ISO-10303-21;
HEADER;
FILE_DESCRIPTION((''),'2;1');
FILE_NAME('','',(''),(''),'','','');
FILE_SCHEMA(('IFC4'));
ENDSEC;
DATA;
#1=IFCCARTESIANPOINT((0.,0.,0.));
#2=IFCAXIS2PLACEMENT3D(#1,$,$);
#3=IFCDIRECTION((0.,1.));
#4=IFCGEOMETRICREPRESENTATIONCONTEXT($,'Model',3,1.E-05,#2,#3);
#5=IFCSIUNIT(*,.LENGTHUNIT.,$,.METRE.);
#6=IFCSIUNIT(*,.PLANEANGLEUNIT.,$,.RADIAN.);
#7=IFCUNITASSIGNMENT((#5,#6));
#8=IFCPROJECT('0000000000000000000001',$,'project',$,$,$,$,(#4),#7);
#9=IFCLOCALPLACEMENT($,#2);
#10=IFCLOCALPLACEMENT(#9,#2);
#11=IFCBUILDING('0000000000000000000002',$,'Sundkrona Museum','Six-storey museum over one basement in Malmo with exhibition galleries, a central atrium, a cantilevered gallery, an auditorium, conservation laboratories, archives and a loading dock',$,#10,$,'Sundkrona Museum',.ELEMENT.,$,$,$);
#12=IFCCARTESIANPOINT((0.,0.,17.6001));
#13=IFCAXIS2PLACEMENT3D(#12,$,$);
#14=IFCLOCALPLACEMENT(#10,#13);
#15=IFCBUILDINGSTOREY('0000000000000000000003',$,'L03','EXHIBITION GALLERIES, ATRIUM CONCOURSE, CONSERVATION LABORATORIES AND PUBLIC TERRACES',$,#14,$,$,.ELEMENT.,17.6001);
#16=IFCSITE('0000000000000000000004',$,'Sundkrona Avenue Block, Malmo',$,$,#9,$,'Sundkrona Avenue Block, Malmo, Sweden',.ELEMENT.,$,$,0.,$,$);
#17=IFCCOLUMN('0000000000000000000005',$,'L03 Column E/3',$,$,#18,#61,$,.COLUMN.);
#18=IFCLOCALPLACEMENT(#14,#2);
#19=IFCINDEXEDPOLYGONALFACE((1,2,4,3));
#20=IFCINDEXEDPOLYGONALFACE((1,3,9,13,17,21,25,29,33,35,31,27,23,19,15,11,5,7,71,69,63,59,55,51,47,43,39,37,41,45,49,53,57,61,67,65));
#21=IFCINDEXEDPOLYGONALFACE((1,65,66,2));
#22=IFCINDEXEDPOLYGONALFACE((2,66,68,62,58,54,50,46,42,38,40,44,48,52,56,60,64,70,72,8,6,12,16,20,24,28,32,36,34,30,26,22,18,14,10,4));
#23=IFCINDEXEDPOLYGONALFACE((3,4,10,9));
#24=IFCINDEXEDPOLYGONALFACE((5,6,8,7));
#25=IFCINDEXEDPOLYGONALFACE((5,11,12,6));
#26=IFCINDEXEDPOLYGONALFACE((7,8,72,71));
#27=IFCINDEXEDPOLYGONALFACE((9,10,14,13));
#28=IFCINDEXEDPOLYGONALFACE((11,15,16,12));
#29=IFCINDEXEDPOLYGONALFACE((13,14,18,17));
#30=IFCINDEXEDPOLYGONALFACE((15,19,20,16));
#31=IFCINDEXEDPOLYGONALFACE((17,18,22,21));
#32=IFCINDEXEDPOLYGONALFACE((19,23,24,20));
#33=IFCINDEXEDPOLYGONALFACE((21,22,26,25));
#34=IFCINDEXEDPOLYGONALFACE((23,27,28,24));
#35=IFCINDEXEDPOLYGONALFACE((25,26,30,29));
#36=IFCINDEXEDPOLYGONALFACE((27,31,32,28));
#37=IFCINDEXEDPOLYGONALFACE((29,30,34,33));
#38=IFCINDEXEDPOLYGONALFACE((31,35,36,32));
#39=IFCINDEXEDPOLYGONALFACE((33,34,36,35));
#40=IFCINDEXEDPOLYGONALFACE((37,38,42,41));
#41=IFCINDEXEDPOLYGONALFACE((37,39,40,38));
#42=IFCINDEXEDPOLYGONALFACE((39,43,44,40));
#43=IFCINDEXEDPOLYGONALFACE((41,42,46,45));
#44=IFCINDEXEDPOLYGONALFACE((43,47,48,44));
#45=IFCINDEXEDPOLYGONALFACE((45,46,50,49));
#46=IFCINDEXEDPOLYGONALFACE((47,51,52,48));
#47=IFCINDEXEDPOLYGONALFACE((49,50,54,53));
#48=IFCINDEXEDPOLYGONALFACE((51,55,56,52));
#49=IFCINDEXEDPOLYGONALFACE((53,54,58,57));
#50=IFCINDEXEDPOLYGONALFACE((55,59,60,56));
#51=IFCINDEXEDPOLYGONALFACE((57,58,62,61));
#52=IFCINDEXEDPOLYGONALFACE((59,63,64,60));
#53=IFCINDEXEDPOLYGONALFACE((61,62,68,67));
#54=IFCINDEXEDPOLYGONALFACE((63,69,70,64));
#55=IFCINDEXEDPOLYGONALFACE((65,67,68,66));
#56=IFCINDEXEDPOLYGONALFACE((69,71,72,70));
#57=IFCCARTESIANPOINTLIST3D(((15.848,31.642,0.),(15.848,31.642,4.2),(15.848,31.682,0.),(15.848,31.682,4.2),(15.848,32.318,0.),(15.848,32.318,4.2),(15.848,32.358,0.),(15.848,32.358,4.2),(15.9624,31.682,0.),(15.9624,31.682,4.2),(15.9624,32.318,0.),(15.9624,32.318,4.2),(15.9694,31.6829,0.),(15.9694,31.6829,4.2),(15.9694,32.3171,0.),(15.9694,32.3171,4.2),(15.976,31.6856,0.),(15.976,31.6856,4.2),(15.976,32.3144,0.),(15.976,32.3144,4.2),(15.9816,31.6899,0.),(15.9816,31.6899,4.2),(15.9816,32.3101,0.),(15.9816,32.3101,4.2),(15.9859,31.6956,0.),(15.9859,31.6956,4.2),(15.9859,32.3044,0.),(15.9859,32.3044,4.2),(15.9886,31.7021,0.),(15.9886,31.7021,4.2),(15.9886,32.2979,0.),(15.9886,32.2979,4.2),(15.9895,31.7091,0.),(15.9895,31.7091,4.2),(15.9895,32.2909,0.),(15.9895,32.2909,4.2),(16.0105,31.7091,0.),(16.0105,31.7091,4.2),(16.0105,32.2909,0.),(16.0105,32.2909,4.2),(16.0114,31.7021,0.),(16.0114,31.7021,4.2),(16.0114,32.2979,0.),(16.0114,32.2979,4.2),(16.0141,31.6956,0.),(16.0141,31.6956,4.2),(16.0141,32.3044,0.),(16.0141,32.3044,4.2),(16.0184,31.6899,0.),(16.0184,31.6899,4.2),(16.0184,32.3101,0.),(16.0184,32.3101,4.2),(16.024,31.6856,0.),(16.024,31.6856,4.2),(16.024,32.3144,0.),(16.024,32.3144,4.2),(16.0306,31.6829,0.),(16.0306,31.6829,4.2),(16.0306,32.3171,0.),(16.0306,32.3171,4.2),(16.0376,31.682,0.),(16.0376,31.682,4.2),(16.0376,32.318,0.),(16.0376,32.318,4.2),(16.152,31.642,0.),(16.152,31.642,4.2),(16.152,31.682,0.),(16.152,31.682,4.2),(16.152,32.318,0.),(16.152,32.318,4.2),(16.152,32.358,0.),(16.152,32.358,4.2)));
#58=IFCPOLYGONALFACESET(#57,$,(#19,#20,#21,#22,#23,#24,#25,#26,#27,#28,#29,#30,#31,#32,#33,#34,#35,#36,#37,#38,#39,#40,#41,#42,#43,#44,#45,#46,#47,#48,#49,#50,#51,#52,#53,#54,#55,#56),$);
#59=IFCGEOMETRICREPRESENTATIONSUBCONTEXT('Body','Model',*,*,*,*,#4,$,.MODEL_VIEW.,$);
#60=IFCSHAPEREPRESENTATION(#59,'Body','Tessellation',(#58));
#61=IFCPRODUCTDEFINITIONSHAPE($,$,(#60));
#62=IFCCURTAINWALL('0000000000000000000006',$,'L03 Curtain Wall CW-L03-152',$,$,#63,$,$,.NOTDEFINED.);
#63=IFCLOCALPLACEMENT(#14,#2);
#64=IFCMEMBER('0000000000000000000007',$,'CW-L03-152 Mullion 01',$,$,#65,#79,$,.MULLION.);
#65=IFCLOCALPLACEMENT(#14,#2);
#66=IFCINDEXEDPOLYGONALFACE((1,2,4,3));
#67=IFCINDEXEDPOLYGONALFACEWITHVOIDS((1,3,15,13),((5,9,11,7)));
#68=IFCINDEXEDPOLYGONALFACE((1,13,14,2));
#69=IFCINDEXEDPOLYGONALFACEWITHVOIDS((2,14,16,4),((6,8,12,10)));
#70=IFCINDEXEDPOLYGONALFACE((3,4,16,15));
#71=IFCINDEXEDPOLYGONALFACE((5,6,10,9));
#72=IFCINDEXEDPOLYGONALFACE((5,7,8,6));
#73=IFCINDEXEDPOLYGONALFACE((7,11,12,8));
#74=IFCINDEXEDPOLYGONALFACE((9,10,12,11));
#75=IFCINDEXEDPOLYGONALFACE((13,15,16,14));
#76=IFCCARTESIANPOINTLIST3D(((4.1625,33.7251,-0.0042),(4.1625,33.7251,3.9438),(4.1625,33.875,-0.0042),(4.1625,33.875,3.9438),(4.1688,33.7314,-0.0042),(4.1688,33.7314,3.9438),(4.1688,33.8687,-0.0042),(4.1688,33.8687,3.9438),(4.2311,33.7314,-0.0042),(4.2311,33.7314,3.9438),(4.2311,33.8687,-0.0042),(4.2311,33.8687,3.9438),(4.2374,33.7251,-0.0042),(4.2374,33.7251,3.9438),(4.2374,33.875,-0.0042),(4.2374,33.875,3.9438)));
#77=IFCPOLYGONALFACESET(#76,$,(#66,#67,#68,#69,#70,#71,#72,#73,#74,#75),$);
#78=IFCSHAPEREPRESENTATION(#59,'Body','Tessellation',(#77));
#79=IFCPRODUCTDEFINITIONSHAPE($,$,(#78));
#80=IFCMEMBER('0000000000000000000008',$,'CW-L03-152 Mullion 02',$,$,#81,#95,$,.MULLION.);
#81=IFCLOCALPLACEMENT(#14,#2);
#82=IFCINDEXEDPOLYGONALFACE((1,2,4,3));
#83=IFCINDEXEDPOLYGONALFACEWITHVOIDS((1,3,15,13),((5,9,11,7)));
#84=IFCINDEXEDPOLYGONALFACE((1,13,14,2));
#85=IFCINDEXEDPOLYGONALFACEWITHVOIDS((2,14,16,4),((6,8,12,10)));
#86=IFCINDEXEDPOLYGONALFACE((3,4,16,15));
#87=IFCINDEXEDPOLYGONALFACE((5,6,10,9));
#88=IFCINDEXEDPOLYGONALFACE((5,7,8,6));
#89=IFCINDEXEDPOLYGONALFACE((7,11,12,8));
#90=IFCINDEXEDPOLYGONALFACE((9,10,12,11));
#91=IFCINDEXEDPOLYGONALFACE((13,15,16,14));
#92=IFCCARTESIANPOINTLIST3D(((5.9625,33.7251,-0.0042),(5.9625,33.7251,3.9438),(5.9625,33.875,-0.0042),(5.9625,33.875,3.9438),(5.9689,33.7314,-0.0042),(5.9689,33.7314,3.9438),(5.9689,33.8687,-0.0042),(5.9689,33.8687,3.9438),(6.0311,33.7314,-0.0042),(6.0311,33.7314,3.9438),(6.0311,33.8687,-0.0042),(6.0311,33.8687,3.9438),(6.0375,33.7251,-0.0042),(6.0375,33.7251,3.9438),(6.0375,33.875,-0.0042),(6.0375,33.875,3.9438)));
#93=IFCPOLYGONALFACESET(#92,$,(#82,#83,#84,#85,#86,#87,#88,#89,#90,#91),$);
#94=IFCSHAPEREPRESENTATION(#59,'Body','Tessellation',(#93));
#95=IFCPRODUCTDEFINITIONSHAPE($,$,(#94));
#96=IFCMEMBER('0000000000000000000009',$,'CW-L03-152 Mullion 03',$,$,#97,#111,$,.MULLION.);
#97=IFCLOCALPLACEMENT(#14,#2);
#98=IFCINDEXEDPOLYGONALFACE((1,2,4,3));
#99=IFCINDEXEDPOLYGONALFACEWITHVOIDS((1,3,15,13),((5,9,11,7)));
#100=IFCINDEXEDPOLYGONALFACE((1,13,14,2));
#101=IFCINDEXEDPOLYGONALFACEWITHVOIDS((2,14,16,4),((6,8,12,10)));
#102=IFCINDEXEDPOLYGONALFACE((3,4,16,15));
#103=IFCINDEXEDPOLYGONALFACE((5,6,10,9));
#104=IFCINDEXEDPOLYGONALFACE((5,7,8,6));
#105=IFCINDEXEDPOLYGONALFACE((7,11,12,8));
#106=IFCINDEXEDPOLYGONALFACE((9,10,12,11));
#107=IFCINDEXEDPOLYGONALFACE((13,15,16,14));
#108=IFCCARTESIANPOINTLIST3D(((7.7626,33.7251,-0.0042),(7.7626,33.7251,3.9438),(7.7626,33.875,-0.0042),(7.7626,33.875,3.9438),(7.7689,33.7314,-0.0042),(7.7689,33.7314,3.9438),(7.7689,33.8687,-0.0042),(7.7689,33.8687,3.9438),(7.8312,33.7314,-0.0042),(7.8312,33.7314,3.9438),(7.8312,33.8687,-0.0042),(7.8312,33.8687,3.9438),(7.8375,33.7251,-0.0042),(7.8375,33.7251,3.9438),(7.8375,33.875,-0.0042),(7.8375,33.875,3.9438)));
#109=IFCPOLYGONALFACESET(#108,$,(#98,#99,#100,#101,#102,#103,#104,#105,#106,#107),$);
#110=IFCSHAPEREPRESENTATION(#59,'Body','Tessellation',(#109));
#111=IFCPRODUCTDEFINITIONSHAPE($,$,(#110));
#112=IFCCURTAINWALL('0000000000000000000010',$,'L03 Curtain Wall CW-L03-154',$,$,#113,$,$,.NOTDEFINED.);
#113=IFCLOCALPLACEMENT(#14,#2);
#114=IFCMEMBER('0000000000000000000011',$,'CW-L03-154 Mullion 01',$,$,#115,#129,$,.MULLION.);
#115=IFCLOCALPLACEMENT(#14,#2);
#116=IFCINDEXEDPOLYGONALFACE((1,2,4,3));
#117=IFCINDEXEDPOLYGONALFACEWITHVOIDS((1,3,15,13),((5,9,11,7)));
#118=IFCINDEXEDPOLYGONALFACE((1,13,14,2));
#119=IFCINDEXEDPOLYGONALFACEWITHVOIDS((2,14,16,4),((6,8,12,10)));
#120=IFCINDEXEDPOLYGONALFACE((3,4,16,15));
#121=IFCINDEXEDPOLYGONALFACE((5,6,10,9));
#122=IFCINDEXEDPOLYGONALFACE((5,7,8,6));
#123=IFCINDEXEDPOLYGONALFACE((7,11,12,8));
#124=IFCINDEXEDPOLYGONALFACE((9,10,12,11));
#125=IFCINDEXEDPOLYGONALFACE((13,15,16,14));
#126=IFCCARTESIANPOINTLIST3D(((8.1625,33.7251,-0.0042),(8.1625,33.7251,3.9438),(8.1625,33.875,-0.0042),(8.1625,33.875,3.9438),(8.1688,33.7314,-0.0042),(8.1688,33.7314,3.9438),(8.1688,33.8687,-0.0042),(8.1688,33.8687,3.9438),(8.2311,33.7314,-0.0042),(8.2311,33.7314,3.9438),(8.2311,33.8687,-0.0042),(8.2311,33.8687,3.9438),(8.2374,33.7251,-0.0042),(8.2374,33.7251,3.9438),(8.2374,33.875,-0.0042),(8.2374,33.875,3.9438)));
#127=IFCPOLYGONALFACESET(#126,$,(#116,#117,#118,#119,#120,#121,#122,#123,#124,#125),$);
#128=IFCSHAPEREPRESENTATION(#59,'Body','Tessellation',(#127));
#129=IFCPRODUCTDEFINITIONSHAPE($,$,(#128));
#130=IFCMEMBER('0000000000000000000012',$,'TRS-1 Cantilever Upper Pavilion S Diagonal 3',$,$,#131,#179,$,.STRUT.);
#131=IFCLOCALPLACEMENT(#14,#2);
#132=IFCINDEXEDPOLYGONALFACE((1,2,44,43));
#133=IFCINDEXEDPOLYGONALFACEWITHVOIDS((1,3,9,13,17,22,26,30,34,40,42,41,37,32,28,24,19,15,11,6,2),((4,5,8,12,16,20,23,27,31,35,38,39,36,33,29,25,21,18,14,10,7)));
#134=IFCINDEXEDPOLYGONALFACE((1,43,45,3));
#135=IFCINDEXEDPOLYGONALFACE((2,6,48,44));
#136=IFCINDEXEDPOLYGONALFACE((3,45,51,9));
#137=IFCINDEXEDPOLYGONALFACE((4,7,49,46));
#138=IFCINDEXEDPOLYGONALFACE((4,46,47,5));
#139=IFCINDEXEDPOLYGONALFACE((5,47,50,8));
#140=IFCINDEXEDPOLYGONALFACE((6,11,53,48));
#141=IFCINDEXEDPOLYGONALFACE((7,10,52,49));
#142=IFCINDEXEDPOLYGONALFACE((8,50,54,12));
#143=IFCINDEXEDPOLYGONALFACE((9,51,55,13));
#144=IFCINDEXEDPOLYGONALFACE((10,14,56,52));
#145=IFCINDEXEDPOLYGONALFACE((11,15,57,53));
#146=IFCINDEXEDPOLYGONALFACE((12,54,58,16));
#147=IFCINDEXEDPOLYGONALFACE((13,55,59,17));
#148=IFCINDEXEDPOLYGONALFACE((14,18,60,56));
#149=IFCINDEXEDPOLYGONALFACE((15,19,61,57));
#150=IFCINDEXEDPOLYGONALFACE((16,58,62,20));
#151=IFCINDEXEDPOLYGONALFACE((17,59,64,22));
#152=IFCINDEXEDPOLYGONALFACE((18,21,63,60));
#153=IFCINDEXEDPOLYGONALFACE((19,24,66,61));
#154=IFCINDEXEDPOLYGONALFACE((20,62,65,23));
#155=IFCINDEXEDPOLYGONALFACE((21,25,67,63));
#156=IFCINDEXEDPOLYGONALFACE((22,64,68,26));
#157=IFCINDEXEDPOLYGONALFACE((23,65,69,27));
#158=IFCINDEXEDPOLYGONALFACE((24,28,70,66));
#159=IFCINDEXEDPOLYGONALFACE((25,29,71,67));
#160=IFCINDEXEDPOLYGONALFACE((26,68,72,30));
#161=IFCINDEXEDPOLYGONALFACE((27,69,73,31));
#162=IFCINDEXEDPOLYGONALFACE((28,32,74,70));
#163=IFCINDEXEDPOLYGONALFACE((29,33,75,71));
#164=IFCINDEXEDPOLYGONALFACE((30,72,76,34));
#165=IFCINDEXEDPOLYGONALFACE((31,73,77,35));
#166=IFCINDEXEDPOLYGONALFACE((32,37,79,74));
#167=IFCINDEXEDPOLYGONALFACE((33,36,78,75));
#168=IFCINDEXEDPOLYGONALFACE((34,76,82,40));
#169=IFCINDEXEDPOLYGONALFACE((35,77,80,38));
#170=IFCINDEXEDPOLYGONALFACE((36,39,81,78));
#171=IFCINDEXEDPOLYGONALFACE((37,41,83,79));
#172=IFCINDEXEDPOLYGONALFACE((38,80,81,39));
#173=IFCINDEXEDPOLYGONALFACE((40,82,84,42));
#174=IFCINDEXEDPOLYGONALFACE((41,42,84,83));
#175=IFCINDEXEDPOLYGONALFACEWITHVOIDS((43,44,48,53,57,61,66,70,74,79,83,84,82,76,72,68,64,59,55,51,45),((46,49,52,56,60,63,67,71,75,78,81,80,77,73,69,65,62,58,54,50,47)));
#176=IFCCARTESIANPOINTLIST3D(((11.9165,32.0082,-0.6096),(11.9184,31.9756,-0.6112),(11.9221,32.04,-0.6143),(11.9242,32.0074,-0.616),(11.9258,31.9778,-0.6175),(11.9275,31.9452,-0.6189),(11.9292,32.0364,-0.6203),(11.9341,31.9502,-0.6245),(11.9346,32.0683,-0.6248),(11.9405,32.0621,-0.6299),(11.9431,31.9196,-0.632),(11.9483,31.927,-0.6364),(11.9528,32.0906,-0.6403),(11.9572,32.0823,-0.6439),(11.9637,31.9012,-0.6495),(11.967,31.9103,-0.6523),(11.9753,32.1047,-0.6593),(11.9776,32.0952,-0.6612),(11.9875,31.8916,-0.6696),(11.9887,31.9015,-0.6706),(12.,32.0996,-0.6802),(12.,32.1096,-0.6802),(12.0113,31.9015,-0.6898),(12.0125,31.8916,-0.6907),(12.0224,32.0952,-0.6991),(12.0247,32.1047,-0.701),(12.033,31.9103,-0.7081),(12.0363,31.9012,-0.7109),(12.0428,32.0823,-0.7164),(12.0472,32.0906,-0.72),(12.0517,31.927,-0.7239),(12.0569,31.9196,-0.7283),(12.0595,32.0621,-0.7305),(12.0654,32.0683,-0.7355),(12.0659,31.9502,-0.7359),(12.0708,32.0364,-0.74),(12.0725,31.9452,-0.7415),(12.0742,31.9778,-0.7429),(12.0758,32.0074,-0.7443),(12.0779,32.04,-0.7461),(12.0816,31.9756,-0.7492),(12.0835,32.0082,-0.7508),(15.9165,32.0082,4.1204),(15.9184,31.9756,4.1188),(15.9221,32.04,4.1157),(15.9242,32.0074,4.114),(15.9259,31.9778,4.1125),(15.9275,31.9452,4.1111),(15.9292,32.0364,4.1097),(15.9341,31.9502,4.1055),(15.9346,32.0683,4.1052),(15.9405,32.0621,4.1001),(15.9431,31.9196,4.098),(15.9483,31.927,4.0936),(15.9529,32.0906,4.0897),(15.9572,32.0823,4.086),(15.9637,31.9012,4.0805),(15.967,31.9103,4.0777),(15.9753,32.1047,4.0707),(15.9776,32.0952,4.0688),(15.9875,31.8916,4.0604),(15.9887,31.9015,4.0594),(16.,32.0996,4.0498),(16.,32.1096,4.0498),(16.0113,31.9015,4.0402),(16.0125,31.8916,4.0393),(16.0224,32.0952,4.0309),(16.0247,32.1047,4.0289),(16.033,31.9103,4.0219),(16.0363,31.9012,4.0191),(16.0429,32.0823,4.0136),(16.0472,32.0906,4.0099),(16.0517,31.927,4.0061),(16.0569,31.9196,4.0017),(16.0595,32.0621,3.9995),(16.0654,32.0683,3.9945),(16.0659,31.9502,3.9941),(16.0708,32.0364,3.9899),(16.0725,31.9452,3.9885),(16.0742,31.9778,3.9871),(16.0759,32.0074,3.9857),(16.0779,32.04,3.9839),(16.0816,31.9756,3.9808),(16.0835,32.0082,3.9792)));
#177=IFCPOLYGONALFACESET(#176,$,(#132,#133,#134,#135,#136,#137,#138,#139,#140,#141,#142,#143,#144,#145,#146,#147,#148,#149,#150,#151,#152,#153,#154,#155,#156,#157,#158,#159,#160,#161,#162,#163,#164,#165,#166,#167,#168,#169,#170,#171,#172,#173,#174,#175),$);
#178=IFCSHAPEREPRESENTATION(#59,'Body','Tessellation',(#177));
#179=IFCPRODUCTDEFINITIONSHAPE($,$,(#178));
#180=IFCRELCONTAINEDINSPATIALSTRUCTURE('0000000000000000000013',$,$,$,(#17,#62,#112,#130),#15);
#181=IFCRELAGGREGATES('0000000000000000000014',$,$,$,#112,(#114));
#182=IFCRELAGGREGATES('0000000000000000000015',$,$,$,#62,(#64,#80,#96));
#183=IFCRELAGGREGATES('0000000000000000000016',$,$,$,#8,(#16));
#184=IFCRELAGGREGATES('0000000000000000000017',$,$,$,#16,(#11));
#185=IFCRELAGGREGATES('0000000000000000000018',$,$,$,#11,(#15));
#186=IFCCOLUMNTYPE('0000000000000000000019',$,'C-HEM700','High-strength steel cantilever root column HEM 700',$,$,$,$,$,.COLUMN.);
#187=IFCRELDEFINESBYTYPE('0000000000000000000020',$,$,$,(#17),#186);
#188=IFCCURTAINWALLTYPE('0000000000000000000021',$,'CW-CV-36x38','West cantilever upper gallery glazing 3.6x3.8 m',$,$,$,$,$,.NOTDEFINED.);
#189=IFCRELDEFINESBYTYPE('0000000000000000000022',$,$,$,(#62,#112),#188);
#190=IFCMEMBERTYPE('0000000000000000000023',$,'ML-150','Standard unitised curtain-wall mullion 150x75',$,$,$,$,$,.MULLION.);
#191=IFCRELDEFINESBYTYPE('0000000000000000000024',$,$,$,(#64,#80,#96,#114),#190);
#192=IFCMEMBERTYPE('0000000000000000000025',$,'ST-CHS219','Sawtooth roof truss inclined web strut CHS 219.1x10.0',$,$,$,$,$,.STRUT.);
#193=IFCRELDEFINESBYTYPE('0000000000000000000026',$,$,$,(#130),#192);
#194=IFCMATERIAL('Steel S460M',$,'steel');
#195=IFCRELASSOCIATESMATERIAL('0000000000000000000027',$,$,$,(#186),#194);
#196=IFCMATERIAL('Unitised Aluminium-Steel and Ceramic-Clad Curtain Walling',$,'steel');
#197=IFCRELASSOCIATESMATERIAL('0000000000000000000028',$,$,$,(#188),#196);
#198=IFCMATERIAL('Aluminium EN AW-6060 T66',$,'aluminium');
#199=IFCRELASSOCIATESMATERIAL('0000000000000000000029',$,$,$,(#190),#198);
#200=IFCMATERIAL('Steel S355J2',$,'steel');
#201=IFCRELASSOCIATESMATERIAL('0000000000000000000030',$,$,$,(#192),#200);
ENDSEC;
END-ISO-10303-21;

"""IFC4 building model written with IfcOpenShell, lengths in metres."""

from ifc_helpers import new_model, si_unit, direction, frame, origin, origin_2d, place, context, subcontext, project, spatial, hollow_rectangle, hollow_circle, i_section, extrude, material, material_profile, profile_set, type_object, element, aggregate, save


model = new_model("IFC4")

# Units and contexts
model_context = context("Model", 3, precision=1e-05, world=origin(), true_north=direction((0.0, 1.0)))
body_context = subcontext(model_context, "Body", "Model", "MODEL_VIEW")
ifc_project = project(units=[si_unit("LENGTHUNIT", "METRE"), si_unit("PLANEANGLEUNIT", "RADIAN")], contexts=[model_context])

# Site, building, storey
site_placement = place(None, origin())
site = spatial("IfcSite", under=ifc_project, at=site_placement, Name="Sundkrona Avenue Block, Malmo", LongName="Sundkrona Avenue Block, Malmo, Sweden", CompositionType="ELEMENT", RefElevation=0.0)
building_placement = place(site_placement, origin())
building = spatial("IfcBuilding", under=site, at=building_placement, Name="Sundkrona Museum", Description="Six-storey museum over one basement in Malmo with exhibition galleries, a central atrium, a cantilevered gallery, an auditorium, conservation laboratories, archives and a loading dock", LongName="Sundkrona Museum", CompositionType="ELEMENT")
storey_placement = place(building_placement, frame((0.0, 0.0, 17.6001)))
storey = spatial("IfcBuildingStorey", under=building, at=storey_placement, Name="L03", Description="EXHIBITION GALLERIES, ATRIUM CONCOURSE, CONSERVATION LABORATORIES AND PUBLIC TERRACES", CompositionType="ELEMENT", Elevation=17.6001)

# Column
ifc_material_1 = material(Name="Steel S460M", Category="steel")
ifc_material_profile_1 = material_profile(ifc_material_1, i_section(OverallWidth=0.304, OverallDepth=0.7161, WebThickness=0.021, FlangeThickness=0.04, FilletRadius=0.0271, at=origin_2d()), Name="HEM 700")
ifc_profile_set_1 = profile_set([ifc_material_profile_1], Name="Steel S460M")
column_type = type_object("IfcColumnType", Name="C-HEM700", Description="High-strength steel cantilever root column HEM 700", PredefinedType="COLUMN", material=ifc_profile_set_1)
column_placement = place(storey_placement, frame((16.0, 32.0, 0.0), z_axis=(0.0, 0.0, 1.0), x_axis=(1.0, 0.0, 0.0)))
element("IfcColumn", 1, at=column_placement, inside=storey, type_object=column_type, Name="L03 Column E/3", PredefinedType="COLUMN", context=body_context, shape_type="SweptSolid", body=[
    extrude(i_section(OverallWidth=0.304, OverallDepth=0.7161, WebThickness=0.021, FlangeThickness=0.04, FilletRadius=0.0271, at=origin_2d()), origin(), (0.0, 0.0, 1.0), 4.2),
])

# Curtain wall, members
ifc_material_2 = material(Name="Unitised Aluminium-Steel and Ceramic-Clad Curtain Walling", Category="steel")
curtain_wall_type = type_object("IfcCurtainWallType", Name="CW-CV-36x38", Description="West cantilever upper gallery glazing 3.6x3.8 m", PredefinedType="NOTDEFINED", material=ifc_material_2)
curtain_wall_1_placement = place(storey_placement, origin())
curtain_wall_1 = element("IfcCurtainWall", 2, at=curtain_wall_1_placement, inside=storey, type_object=curtain_wall_type, Name="L03 Curtain Wall CW-L03-152", PredefinedType="NOTDEFINED")
ifc_material_3 = material(Name="Aluminium EN AW-6060 T66", Category="aluminium")
ifc_material_profile_2 = material_profile(ifc_material_3, hollow_rectangle(XDim=0.075, YDim=0.1499, WallThickness=0.0063, at=origin_2d()), Name="RHS 150x75x6.3")
ifc_profile_set_2 = profile_set([ifc_material_profile_2], Name="Aluminium EN AW-6060 T66")
member_type_1 = type_object("IfcMemberType", Name="ML-150", Description="Standard unitised curtain-wall mullion 150x75", PredefinedType="MULLION", material=ifc_profile_set_2)
member_1_placement = place(storey_placement, frame((4.2, 33.8, -0.0042), z_axis=(0.0, 0.0, 1.0), x_axis=(1.0, 0.0, 0.0)))
member_1 = element("IfcMember", 3, at=member_1_placement, type_object=member_type_1, Name="CW-L03-152 Mullion 01", PredefinedType="MULLION", context=body_context, shape_type="SweptSolid", body=[
    extrude(hollow_rectangle(XDim=0.075, YDim=0.1499, WallThickness=0.0063, at=origin_2d()), origin(), (0.0, 0.0, 1.0), 3.948),
])
member_2_placement = place(storey_placement, frame((6.0, 33.8, -0.0042), z_axis=(0.0, 0.0, 1.0), x_axis=(1.0, 0.0, 0.0)))
member_2 = element("IfcMember", 4, at=member_2_placement, type_object=member_type_1, Name="CW-L03-152 Mullion 02", PredefinedType="MULLION", context=body_context, shape_type="SweptSolid", body=[
    extrude(hollow_rectangle(XDim=0.075, YDim=0.1499, WallThickness=0.0063, at=origin_2d()), origin(), (0.0, 0.0, 1.0), 3.948),
])
member_3_placement = place(storey_placement, frame((7.8, 33.8, -0.0042), z_axis=(0.0, 0.0, 1.0), x_axis=(1.0, 0.0, 0.0)))
member_3 = element("IfcMember", 5, at=member_3_placement, type_object=member_type_1, Name="CW-L03-152 Mullion 03", PredefinedType="MULLION", context=body_context, shape_type="SweptSolid", body=[
    extrude(hollow_rectangle(XDim=0.075, YDim=0.1499, WallThickness=0.0063, at=origin_2d()), origin(), (0.0, 0.0, 1.0), 3.948),
])

# Curtain wall, member
curtain_wall_2_placement = place(storey_placement, origin())
curtain_wall_2 = element("IfcCurtainWall", 6, at=curtain_wall_2_placement, inside=storey, type_object=curtain_wall_type, Name="L03 Curtain Wall CW-L03-154", PredefinedType="NOTDEFINED")
member_4_placement = place(storey_placement, frame((8.2, 33.8, -0.0042), z_axis=(0.0, 0.0, 1.0), x_axis=(1.0, 0.0, 0.0)))
member_4 = element("IfcMember", 7, at=member_4_placement, type_object=member_type_1, Name="CW-L03-154 Mullion 01", PredefinedType="MULLION", context=body_context, shape_type="SweptSolid", body=[
    extrude(hollow_rectangle(XDim=0.075, YDim=0.1499, WallThickness=0.0063, at=origin_2d()), origin(), (0.0, 0.0, 1.0), 3.948),
])

# Member
ifc_material_4 = material(Name="Steel S355J2", Category="steel")
ifc_material_profile_3 = material_profile(ifc_material_4, hollow_circle(Radius=0.1096, WallThickness=0.01, at=origin_2d()), Name="CHS 219.1x10.0")
ifc_profile_set_3 = profile_set([ifc_material_profile_3], Name="Steel S355J2")
member_type_2 = type_object("IfcMemberType", Name="ST-CHS219", Description="Sawtooth roof truss inclined web strut CHS 219.1x10.0", PredefinedType="STRUT", material=ifc_profile_set_3)
for number, where, z_axis, x_axis, name in (
    (8, (12.0, 32.0, -0.6802), (0.645727, 0.0, 0.763569), (0.0, 1.0, 0.0), "TRS-1 Cantilever Upper Pavilion S Diagonal 3"),
):
    element("IfcMember", number, at=place(storey_placement, frame(where, z_axis=z_axis, x_axis=x_axis)), inside=storey, type_object=member_type_2, Name=name, PredefinedType="STRUT", context=body_context, shape_type="SweptSolid", body=[
        extrude(hollow_circle(Radius=0.1096, WallThickness=0.01, at=origin_2d()), origin(), (0.0, 0.0, 1.0), 6.1946),
    ])

aggregate(curtain_wall_2, [member_4])

aggregate(curtain_wall_1, [member_1, member_2, member_3])

save(model, "model.ifc")
